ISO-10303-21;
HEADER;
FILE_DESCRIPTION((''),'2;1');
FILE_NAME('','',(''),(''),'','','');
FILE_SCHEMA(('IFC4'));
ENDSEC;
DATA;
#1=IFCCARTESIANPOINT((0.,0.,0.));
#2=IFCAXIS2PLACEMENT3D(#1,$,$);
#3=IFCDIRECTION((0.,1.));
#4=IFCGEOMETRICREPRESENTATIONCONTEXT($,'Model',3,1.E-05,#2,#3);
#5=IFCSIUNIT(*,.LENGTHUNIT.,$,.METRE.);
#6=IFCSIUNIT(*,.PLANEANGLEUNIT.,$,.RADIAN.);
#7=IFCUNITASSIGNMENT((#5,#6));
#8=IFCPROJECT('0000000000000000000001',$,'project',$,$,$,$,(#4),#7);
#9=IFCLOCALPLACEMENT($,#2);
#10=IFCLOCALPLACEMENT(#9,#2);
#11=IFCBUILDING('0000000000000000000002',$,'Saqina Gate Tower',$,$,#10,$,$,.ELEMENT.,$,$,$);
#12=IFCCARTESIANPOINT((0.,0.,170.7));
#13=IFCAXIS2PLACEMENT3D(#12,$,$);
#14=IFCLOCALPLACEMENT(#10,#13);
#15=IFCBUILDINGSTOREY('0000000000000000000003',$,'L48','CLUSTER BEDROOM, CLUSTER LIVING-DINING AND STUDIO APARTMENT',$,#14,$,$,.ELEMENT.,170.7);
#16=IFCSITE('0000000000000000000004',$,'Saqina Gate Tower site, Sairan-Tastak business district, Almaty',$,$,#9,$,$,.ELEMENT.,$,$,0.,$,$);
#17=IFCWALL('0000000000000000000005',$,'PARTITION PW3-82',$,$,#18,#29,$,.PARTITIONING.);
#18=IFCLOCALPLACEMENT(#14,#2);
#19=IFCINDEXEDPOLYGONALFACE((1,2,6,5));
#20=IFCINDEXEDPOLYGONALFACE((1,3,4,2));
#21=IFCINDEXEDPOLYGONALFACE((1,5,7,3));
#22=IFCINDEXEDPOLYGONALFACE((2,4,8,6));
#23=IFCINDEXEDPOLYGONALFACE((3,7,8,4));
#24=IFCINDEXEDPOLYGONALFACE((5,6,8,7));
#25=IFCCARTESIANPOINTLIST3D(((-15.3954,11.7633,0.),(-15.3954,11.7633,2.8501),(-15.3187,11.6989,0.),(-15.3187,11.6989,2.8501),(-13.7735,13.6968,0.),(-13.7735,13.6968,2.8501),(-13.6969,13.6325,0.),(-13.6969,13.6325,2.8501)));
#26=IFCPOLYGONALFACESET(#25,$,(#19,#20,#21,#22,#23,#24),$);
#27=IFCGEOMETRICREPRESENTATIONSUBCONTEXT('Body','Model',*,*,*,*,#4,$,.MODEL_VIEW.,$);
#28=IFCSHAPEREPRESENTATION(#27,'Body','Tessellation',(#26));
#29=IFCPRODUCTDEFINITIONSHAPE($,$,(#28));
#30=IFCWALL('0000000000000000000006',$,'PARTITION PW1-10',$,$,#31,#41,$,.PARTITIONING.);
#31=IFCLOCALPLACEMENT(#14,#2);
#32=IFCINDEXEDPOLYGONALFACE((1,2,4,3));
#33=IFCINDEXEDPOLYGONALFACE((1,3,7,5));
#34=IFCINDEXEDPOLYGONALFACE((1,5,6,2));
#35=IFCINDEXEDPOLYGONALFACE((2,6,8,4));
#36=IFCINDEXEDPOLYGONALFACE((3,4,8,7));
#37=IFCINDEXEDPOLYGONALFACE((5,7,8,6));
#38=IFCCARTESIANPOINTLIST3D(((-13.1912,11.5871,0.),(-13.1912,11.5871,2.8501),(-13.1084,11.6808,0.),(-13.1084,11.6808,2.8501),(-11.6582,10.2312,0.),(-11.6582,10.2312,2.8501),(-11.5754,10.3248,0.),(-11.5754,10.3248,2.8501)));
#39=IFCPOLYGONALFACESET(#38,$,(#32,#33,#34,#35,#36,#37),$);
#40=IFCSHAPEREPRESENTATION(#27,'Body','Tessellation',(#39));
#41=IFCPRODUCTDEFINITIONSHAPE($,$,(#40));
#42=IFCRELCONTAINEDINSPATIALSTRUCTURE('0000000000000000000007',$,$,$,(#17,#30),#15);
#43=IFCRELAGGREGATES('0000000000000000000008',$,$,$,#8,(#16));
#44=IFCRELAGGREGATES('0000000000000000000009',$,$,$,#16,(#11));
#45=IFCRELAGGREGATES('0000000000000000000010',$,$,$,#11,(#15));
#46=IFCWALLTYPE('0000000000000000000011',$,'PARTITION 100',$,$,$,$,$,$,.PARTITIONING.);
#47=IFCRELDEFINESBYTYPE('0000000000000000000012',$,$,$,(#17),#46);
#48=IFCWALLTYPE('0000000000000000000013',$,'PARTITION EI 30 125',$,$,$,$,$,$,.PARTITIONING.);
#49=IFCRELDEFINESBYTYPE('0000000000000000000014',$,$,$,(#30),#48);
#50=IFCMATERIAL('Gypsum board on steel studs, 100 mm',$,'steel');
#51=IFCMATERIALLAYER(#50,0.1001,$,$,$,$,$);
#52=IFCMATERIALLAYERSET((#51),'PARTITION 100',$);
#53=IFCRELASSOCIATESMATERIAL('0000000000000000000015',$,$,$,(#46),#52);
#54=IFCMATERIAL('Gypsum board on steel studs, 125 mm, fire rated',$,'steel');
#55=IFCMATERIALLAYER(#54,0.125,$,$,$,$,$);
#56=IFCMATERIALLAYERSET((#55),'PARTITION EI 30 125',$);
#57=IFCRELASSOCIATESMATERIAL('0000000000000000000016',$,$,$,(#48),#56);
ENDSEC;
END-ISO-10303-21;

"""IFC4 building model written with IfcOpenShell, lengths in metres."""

from ifc_helpers import new_model, si_unit, direction, frame, frame_2d, origin, place, context, subcontext, project, spatial, rectangle, extrude, material, layer, layer_set, type_object, element, save


model = new_model("IFC4")

# Units and contexts
model_context = context("Model", 3, precision=1e-05, world=origin(), true_north=direction((0.0, 1.0)))
body_context = subcontext(model_context, "Body", "Model", "MODEL_VIEW")
ifc_project = project(units=[si_unit("LENGTHUNIT", "METRE"), si_unit("PLANEANGLEUNIT", "RADIAN")], contexts=[model_context])

# Site, building, storey
site_placement = place(None, origin())
site = spatial("IfcSite", under=ifc_project, at=site_placement, Name="Saqina Gate Tower site, Sairan-Tastak business district, Almaty", CompositionType="ELEMENT", RefElevation=0.0)
building_placement = place(site_placement, origin())
building = spatial("IfcBuilding", under=site, at=building_placement, Name="Saqina Gate Tower", CompositionType="ELEMENT")
storey_placement = place(building_placement, frame((0.0, 0.0, 170.7)))
storey = spatial("IfcBuildingStorey", under=building, at=storey_placement, Name="L48", Description="CLUSTER BEDROOM, CLUSTER LIVING-DINING AND STUDIO APARTMENT", CompositionType="ELEMENT", Elevation=170.7)

# Walls
ifc_material_1 = material(Name="Gypsum board on steel studs, 100 mm", Category="steel")
ifc_layer_1 = layer(ifc_material_1, 0.1001)
ifc_layer_set_1 = layer_set([ifc_layer_1], Name="PARTITION 100")
wall_type_1 = type_object("IfcWallType", Name="PARTITION 100", PredefinedType="PARTITIONING", material=ifc_layer_set_1)
wall_1_placement = place(storey_placement, frame((-15.3569, 11.7312, 0.0), z_axis=(0.0, 0.0, 1.0), x_axis=(0.642636, 0.766172, 0.0)))
element("IfcWall", 1, at=wall_1_placement, inside=storey, type_object=wall_type_1, Name="PARTITION PW3-82", PredefinedType="PARTITIONING", context=body_context, shape_type="SweptSolid", body=[
    extrude(rectangle(XDim=2.5237, YDim=0.1001, at=frame_2d((1.2617, 0.0))), origin(), (0.0, 0.0, 1.0), 2.8501),
])
ifc_material_2 = material(Name="Gypsum board on steel studs, 125 mm, fire rated", Category="steel")
ifc_layer_2 = layer(ifc_material_2, 0.125)
ifc_layer_set_2 = layer_set([ifc_layer_2], Name="PARTITION EI 30 125")
wall_type_2 = type_object("IfcWallType", Name="PARTITION EI 30 125", PredefinedType="PARTITIONING", material=ifc_layer_set_2)
wall_2_placement = place(storey_placement, frame((-13.1499, 11.634, 0.0), z_axis=(0.0, 0.0, 1.0), x_axis=(0.749026, -0.66254, 0.0)))
element("IfcWall", 2, at=wall_2_placement, inside=storey, type_object=wall_type_2, Name="PARTITION PW1-10", PredefinedType="PARTITIONING", context=body_context, shape_type="SweptSolid", body=[
    extrude(rectangle(XDim=2.0466, YDim=0.125, at=frame_2d((1.0234, 0.0))), origin(), (0.0, 0.0, 1.0), 2.8501),
])

save(model, "model.ifc")
